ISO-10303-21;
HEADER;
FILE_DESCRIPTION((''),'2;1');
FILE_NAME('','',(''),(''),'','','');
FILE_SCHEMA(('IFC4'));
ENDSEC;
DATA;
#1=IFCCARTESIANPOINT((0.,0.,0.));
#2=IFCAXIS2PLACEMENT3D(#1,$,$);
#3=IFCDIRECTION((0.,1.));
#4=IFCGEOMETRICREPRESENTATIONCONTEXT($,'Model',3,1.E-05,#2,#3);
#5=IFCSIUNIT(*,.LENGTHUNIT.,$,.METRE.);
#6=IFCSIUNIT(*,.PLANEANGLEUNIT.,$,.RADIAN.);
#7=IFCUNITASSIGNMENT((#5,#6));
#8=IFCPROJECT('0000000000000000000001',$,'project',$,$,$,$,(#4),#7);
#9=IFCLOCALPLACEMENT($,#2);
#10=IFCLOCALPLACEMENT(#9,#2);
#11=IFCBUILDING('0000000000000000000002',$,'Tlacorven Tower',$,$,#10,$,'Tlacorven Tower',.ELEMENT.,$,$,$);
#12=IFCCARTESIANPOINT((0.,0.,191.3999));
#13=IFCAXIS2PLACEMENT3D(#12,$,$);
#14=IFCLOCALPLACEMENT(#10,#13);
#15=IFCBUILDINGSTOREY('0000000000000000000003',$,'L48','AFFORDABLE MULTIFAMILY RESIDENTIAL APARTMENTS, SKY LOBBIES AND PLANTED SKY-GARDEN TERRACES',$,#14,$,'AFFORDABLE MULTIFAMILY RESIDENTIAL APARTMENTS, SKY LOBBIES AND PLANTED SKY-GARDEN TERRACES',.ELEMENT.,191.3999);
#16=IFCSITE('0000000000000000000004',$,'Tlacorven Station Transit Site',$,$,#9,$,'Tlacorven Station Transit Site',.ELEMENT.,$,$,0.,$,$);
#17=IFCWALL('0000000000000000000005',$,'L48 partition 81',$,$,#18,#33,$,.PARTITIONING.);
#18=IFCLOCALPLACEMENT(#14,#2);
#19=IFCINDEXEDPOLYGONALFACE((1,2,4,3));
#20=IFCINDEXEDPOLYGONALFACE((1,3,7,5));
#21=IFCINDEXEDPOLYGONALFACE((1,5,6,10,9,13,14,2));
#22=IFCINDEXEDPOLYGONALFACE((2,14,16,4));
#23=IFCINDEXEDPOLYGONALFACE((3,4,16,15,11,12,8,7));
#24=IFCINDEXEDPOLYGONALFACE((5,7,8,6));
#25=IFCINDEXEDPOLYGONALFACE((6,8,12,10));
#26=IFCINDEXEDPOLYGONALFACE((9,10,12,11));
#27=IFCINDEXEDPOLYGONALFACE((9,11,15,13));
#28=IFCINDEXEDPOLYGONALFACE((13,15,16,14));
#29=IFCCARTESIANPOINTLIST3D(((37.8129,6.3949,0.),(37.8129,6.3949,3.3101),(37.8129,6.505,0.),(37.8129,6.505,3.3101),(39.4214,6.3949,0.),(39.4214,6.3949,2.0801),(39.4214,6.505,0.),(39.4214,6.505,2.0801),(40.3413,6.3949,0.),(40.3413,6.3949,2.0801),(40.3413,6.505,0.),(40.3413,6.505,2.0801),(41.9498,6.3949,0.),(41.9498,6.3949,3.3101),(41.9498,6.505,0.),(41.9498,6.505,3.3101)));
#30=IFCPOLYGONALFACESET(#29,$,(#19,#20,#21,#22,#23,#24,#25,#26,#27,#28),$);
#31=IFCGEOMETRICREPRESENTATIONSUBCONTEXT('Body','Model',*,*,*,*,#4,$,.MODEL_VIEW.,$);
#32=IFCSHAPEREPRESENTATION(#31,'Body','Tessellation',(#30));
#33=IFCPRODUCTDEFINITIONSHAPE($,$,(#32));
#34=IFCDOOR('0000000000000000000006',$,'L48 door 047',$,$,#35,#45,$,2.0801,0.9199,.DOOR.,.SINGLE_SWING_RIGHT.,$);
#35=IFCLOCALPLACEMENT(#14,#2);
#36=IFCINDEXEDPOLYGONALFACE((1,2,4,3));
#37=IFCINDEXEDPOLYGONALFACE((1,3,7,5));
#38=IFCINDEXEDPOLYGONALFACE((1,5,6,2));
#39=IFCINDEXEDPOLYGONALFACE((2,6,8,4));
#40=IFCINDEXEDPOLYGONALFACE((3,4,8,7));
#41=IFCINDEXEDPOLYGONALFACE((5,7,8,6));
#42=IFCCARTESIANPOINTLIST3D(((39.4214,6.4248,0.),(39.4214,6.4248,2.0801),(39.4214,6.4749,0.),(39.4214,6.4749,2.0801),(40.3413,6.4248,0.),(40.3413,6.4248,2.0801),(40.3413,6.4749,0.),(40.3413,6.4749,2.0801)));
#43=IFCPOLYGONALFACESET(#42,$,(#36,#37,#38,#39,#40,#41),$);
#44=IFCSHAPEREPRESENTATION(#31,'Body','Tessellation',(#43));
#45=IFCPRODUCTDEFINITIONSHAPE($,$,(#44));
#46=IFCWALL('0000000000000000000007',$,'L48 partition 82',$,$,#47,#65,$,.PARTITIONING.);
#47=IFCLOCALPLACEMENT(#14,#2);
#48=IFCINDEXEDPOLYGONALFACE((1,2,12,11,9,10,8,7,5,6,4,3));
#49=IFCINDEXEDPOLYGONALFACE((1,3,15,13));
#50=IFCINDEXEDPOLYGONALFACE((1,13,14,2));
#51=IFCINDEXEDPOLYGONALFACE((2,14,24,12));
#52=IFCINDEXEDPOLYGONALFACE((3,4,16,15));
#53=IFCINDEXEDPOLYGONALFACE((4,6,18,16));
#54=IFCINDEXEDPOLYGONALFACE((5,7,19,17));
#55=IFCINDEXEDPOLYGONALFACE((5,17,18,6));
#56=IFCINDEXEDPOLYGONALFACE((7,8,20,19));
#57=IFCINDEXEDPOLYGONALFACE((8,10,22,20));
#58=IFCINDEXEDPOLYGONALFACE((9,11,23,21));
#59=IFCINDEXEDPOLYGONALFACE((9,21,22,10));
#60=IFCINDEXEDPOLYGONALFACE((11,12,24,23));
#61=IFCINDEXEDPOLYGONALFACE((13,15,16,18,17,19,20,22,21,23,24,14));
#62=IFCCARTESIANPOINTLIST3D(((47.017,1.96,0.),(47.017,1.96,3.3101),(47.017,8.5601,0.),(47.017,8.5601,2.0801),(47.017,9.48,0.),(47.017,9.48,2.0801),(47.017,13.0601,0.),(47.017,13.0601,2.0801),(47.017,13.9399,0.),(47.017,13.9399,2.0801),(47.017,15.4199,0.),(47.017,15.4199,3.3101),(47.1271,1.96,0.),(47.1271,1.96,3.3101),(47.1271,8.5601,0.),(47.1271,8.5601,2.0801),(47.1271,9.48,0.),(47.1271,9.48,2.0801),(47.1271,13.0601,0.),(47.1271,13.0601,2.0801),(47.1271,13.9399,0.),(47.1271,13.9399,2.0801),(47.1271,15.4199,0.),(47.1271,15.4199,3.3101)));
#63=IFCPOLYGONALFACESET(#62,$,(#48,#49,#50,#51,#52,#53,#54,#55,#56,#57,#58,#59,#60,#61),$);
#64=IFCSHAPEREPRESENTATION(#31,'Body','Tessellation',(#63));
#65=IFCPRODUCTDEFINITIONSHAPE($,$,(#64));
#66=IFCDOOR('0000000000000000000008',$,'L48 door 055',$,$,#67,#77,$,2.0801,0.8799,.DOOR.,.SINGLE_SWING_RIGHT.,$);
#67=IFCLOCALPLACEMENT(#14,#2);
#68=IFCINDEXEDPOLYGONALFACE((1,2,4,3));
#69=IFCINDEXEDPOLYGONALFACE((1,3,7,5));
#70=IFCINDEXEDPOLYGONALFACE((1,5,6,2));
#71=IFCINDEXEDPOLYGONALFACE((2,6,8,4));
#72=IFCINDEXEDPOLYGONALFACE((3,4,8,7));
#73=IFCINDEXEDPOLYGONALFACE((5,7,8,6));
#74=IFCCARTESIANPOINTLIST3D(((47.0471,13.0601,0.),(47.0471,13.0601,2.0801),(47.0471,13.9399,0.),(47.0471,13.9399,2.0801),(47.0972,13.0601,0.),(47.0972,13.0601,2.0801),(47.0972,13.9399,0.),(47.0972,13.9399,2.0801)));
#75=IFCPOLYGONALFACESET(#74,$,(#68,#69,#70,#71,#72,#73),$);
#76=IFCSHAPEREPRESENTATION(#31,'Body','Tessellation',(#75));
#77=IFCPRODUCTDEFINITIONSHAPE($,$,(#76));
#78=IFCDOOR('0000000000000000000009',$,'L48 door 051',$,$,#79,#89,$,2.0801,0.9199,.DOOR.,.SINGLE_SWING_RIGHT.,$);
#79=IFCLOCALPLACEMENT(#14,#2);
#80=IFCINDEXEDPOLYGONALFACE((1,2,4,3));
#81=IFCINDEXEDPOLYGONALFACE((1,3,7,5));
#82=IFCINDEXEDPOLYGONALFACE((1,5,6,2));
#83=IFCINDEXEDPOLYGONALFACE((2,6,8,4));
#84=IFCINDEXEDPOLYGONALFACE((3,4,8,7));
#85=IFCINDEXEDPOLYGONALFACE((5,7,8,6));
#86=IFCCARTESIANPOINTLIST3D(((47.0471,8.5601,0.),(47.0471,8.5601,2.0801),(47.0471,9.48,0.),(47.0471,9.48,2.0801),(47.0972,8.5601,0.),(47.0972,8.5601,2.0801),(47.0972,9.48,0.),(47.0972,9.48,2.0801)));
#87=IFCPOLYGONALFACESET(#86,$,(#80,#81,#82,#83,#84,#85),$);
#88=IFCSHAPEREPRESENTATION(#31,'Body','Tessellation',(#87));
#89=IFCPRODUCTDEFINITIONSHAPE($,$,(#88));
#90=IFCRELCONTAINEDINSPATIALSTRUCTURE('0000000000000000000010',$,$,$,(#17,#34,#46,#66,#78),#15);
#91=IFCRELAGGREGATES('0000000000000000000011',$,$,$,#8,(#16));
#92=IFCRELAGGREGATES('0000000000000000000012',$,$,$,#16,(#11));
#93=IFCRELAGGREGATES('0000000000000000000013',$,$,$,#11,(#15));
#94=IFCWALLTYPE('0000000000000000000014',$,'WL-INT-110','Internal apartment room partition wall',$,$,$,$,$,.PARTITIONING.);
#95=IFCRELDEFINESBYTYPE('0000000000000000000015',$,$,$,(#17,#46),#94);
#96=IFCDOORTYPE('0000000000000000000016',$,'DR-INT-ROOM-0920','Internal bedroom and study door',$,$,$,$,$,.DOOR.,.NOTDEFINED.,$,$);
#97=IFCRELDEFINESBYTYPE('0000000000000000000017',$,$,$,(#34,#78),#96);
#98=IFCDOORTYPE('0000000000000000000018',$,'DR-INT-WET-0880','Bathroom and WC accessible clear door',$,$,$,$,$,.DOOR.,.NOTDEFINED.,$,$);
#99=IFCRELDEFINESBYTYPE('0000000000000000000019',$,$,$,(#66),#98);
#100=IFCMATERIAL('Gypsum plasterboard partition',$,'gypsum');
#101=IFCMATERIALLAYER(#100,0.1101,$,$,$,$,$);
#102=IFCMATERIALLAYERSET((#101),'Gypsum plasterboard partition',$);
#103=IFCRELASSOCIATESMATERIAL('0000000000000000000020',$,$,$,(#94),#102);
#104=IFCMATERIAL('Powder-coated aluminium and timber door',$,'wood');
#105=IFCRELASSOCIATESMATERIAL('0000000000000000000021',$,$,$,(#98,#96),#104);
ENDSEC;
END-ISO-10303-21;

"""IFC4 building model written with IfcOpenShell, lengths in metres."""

from ifc_helpers import new_model, si_unit, direction, frame, frame_2d, origin, place, context, subcontext, project, spatial, rectangle, extrude, source, transform, mapped, material, layer, layer_set, type_object, element, fill, save


model = new_model("IFC4")

# Units and contexts
model_context = context("Model", 3, precision=1e-05, world=origin(), true_north=direction((0.0, 1.0)))
body_context = subcontext(model_context, "Body", "Model", "MODEL_VIEW")
ifc_project = project(units=[si_unit("LENGTHUNIT", "METRE"), si_unit("PLANEANGLEUNIT", "RADIAN")], contexts=[model_context])

# Site, building, storey
site_placement = place(None, origin())
site = spatial("IfcSite", under=ifc_project, at=site_placement, Name="Tlacorven Station Transit Site", LongName="Tlacorven Station Transit Site", CompositionType="ELEMENT", RefElevation=0.0)
building_placement = place(site_placement, origin())
building = spatial("IfcBuilding", under=site, at=building_placement, Name="Tlacorven Tower", LongName="Tlacorven Tower", CompositionType="ELEMENT")
storey_placement = place(building_placement, frame((0.0, 0.0, 191.3999)))
storey = spatial("IfcBuildingStorey", under=building, at=storey_placement, Name="L48", Description="AFFORDABLE MULTIFAMILY RESIDENTIAL APARTMENTS, SKY LOBBIES AND PLANTED SKY-GARDEN TERRACES", LongName="AFFORDABLE MULTIFAMILY RESIDENTIAL APARTMENTS, SKY LOBBIES AND PLANTED SKY-GARDEN TERRACES", CompositionType="ELEMENT", Elevation=191.3999)

# Shared definitions
ifc_material_1 = material(Name="Gypsum plasterboard partition", Category="gypsum")
ifc_layer_1 = layer(ifc_material_1, 0.1101)
ifc_layer_set_1 = layer_set([ifc_layer_1], Name="Gypsum plasterboard partition")
wall_type_1 = type_object("IfcWallType", Name="WL-INT-110", Description="Internal apartment room partition wall", PredefinedType="PARTITIONING", material=ifc_layer_set_1)
ifc_material_2 = material(Name="Powder-coated aluminium and timber door", Category="wood")
door_type_1 = type_object("IfcDoorType", Name="DR-INT-WET-0880", Description="Bathroom and WC accessible clear door", OperationType="NOTDEFINED", PredefinedType="DOOR", material=ifc_material_2)
shared_shape_1 = source(origin(), body_context, "Body", "SweptSolid", [
    extrude(rectangle(XDim=0.8799, YDim=2.0801, at=frame_2d((0.4399, 1.04))), frame((0.0, 0.0249, 0.0), z_axis=(0.0, -1.0, 0.0), x_axis=(1.0, 0.0, 0.0)), (0.0, 0.0, 1.0), 0.05),
])
door_type_2 = type_object("IfcDoorType", Name="DR-INT-ROOM-0920", Description="Internal bedroom and study door", OperationType="NOTDEFINED", PredefinedType="DOOR", material=ifc_material_2)
shared_shape_2 = source(origin(), body_context, "Body", "SweptSolid", [
    extrude(rectangle(XDim=0.9199, YDim=2.0801, at=frame_2d((0.46, 1.04))), frame((0.0, 0.0249, 0.0), z_axis=(0.0, -1.0, 0.0), x_axis=(1.0, 0.0, 0.0)), (0.0, 0.0, 1.0), 0.05),
])

# Wall, opening, door
wall_1_placement = place(storey_placement, frame((37.813, 6.45, 0.0), z_axis=(0.0, 0.0, 1.0), x_axis=(1.0, 0.0, 0.0)))
wall_1 = element("IfcWall", 1, at=wall_1_placement, inside=storey, type_object=wall_type_1, Name="L48 partition 81", PredefinedType="PARTITIONING", context=body_context, shape_type="SweptSolid", body=[
    extrude(rectangle(XDim=4.137, YDim=0.1101, at=frame_2d((2.0684, 0.0))), origin(), (0.0, 0.0, 1.0), 3.3101),
])
opening_1_placement = place(wall_1_placement, frame((1.6084, 0.0, 0.0)))
opening_1 = element("IfcOpeningElement", 2, at=opening_1_placement, cuts=wall_1, PredefinedType="OPENING", context=body_context, shape_type="SweptSolid", body=[
    extrude(rectangle(XDim=0.9199, YDim=2.0801, at=frame_2d((0.46, 1.04))), frame((0.0, 0.0649, 0.0), z_axis=(0.0, -1.0, 0.0), x_axis=(1.0, 0.0, 0.0)), (0.0, 0.0, 1.0), 0.1301),
])
door_1_placement = place(opening_1_placement, origin())
door_1 = element("IfcDoor", 3, at=door_1_placement, inside=storey, type_object=door_type_2, Name="L48 door 047", OperationType="SINGLE_SWING_RIGHT", OverallHeight=2.0801, OverallWidth=0.9199, PredefinedType="DOOR", context=body_context, shape_type="MappedRepresentation", body=[
    mapped(shared_shape_2, transform((0.0, 0.0, 0.0), scale=1.0)),
])
fill(opening_1, door_1)

# Wall, openings, doors
wall_2_placement = place(storey_placement, frame((47.072, 1.96, 0.0), z_axis=(0.0, 0.0, 1.0), x_axis=(0.0, 1.0, 0.0)))
wall_2 = element("IfcWall", 4, at=wall_2_placement, inside=storey, type_object=wall_type_1, Name="L48 partition 82", PredefinedType="PARTITIONING", context=body_context, shape_type="SweptSolid", body=[
    extrude(rectangle(XDim=13.46, YDim=0.1101, at=frame_2d((6.73, 0.0))), origin(), (0.0, 0.0, 1.0), 3.3101),
])
opening_2_placement = place(wall_2_placement, frame((6.6001, 0.0, 0.0)))
opening_2 = element("IfcOpeningElement", 5, at=opening_2_placement, cuts=wall_2, PredefinedType="OPENING", context=body_context, shape_type="SweptSolid", body=[
    extrude(rectangle(XDim=0.9199, YDim=2.0801, at=frame_2d((0.46, 1.04))), frame((0.0, 0.0649, 0.0), z_axis=(0.0, -1.0, 0.0), x_axis=(1.0, 0.0, 0.0)), (0.0, 0.0, 1.0), 0.1301),
])
opening_3_placement = place(wall_2_placement, frame((11.1001, 0.0, 0.0)))
opening_3 = element("IfcOpeningElement", 6, at=opening_3_placement, cuts=wall_2, PredefinedType="OPENING", context=body_context, shape_type="SweptSolid", body=[
    extrude(rectangle(XDim=0.8799, YDim=2.0801, at=frame_2d((0.4399, 1.04))), frame((0.0, 0.0649, 0.0), z_axis=(0.0, -1.0, 0.0), x_axis=(1.0, 0.0, 0.0)), (0.0, 0.0, 1.0), 0.1301),
])
door_2_placement = place(opening_3_placement, origin())
door_2 = element("IfcDoor", 7, at=door_2_placement, inside=storey, type_object=door_type_1, Name="L48 door 055", OperationType="SINGLE_SWING_RIGHT", OverallHeight=2.0801, OverallWidth=0.8799, PredefinedType="DOOR", context=body_context, shape_type="MappedRepresentation", body=[
    mapped(shared_shape_1, transform((0.0, 0.0, 0.0), scale=1.0)),
])
fill(opening_3, door_2)
door_3_placement = place(opening_2_placement, origin())
door_3 = element("IfcDoor", 8, at=door_3_placement, inside=storey, type_object=door_type_2, Name="L48 door 051", OperationType="SINGLE_SWING_RIGHT", OverallHeight=2.0801, OverallWidth=0.9199, PredefinedType="DOOR", context=body_context, shape_type="MappedRepresentation", body=[
    mapped(shared_shape_2, transform((0.0, 0.0, 0.0), scale=1.0)),
])
fill(opening_2, door_3)

save(model, "model.ifc")
